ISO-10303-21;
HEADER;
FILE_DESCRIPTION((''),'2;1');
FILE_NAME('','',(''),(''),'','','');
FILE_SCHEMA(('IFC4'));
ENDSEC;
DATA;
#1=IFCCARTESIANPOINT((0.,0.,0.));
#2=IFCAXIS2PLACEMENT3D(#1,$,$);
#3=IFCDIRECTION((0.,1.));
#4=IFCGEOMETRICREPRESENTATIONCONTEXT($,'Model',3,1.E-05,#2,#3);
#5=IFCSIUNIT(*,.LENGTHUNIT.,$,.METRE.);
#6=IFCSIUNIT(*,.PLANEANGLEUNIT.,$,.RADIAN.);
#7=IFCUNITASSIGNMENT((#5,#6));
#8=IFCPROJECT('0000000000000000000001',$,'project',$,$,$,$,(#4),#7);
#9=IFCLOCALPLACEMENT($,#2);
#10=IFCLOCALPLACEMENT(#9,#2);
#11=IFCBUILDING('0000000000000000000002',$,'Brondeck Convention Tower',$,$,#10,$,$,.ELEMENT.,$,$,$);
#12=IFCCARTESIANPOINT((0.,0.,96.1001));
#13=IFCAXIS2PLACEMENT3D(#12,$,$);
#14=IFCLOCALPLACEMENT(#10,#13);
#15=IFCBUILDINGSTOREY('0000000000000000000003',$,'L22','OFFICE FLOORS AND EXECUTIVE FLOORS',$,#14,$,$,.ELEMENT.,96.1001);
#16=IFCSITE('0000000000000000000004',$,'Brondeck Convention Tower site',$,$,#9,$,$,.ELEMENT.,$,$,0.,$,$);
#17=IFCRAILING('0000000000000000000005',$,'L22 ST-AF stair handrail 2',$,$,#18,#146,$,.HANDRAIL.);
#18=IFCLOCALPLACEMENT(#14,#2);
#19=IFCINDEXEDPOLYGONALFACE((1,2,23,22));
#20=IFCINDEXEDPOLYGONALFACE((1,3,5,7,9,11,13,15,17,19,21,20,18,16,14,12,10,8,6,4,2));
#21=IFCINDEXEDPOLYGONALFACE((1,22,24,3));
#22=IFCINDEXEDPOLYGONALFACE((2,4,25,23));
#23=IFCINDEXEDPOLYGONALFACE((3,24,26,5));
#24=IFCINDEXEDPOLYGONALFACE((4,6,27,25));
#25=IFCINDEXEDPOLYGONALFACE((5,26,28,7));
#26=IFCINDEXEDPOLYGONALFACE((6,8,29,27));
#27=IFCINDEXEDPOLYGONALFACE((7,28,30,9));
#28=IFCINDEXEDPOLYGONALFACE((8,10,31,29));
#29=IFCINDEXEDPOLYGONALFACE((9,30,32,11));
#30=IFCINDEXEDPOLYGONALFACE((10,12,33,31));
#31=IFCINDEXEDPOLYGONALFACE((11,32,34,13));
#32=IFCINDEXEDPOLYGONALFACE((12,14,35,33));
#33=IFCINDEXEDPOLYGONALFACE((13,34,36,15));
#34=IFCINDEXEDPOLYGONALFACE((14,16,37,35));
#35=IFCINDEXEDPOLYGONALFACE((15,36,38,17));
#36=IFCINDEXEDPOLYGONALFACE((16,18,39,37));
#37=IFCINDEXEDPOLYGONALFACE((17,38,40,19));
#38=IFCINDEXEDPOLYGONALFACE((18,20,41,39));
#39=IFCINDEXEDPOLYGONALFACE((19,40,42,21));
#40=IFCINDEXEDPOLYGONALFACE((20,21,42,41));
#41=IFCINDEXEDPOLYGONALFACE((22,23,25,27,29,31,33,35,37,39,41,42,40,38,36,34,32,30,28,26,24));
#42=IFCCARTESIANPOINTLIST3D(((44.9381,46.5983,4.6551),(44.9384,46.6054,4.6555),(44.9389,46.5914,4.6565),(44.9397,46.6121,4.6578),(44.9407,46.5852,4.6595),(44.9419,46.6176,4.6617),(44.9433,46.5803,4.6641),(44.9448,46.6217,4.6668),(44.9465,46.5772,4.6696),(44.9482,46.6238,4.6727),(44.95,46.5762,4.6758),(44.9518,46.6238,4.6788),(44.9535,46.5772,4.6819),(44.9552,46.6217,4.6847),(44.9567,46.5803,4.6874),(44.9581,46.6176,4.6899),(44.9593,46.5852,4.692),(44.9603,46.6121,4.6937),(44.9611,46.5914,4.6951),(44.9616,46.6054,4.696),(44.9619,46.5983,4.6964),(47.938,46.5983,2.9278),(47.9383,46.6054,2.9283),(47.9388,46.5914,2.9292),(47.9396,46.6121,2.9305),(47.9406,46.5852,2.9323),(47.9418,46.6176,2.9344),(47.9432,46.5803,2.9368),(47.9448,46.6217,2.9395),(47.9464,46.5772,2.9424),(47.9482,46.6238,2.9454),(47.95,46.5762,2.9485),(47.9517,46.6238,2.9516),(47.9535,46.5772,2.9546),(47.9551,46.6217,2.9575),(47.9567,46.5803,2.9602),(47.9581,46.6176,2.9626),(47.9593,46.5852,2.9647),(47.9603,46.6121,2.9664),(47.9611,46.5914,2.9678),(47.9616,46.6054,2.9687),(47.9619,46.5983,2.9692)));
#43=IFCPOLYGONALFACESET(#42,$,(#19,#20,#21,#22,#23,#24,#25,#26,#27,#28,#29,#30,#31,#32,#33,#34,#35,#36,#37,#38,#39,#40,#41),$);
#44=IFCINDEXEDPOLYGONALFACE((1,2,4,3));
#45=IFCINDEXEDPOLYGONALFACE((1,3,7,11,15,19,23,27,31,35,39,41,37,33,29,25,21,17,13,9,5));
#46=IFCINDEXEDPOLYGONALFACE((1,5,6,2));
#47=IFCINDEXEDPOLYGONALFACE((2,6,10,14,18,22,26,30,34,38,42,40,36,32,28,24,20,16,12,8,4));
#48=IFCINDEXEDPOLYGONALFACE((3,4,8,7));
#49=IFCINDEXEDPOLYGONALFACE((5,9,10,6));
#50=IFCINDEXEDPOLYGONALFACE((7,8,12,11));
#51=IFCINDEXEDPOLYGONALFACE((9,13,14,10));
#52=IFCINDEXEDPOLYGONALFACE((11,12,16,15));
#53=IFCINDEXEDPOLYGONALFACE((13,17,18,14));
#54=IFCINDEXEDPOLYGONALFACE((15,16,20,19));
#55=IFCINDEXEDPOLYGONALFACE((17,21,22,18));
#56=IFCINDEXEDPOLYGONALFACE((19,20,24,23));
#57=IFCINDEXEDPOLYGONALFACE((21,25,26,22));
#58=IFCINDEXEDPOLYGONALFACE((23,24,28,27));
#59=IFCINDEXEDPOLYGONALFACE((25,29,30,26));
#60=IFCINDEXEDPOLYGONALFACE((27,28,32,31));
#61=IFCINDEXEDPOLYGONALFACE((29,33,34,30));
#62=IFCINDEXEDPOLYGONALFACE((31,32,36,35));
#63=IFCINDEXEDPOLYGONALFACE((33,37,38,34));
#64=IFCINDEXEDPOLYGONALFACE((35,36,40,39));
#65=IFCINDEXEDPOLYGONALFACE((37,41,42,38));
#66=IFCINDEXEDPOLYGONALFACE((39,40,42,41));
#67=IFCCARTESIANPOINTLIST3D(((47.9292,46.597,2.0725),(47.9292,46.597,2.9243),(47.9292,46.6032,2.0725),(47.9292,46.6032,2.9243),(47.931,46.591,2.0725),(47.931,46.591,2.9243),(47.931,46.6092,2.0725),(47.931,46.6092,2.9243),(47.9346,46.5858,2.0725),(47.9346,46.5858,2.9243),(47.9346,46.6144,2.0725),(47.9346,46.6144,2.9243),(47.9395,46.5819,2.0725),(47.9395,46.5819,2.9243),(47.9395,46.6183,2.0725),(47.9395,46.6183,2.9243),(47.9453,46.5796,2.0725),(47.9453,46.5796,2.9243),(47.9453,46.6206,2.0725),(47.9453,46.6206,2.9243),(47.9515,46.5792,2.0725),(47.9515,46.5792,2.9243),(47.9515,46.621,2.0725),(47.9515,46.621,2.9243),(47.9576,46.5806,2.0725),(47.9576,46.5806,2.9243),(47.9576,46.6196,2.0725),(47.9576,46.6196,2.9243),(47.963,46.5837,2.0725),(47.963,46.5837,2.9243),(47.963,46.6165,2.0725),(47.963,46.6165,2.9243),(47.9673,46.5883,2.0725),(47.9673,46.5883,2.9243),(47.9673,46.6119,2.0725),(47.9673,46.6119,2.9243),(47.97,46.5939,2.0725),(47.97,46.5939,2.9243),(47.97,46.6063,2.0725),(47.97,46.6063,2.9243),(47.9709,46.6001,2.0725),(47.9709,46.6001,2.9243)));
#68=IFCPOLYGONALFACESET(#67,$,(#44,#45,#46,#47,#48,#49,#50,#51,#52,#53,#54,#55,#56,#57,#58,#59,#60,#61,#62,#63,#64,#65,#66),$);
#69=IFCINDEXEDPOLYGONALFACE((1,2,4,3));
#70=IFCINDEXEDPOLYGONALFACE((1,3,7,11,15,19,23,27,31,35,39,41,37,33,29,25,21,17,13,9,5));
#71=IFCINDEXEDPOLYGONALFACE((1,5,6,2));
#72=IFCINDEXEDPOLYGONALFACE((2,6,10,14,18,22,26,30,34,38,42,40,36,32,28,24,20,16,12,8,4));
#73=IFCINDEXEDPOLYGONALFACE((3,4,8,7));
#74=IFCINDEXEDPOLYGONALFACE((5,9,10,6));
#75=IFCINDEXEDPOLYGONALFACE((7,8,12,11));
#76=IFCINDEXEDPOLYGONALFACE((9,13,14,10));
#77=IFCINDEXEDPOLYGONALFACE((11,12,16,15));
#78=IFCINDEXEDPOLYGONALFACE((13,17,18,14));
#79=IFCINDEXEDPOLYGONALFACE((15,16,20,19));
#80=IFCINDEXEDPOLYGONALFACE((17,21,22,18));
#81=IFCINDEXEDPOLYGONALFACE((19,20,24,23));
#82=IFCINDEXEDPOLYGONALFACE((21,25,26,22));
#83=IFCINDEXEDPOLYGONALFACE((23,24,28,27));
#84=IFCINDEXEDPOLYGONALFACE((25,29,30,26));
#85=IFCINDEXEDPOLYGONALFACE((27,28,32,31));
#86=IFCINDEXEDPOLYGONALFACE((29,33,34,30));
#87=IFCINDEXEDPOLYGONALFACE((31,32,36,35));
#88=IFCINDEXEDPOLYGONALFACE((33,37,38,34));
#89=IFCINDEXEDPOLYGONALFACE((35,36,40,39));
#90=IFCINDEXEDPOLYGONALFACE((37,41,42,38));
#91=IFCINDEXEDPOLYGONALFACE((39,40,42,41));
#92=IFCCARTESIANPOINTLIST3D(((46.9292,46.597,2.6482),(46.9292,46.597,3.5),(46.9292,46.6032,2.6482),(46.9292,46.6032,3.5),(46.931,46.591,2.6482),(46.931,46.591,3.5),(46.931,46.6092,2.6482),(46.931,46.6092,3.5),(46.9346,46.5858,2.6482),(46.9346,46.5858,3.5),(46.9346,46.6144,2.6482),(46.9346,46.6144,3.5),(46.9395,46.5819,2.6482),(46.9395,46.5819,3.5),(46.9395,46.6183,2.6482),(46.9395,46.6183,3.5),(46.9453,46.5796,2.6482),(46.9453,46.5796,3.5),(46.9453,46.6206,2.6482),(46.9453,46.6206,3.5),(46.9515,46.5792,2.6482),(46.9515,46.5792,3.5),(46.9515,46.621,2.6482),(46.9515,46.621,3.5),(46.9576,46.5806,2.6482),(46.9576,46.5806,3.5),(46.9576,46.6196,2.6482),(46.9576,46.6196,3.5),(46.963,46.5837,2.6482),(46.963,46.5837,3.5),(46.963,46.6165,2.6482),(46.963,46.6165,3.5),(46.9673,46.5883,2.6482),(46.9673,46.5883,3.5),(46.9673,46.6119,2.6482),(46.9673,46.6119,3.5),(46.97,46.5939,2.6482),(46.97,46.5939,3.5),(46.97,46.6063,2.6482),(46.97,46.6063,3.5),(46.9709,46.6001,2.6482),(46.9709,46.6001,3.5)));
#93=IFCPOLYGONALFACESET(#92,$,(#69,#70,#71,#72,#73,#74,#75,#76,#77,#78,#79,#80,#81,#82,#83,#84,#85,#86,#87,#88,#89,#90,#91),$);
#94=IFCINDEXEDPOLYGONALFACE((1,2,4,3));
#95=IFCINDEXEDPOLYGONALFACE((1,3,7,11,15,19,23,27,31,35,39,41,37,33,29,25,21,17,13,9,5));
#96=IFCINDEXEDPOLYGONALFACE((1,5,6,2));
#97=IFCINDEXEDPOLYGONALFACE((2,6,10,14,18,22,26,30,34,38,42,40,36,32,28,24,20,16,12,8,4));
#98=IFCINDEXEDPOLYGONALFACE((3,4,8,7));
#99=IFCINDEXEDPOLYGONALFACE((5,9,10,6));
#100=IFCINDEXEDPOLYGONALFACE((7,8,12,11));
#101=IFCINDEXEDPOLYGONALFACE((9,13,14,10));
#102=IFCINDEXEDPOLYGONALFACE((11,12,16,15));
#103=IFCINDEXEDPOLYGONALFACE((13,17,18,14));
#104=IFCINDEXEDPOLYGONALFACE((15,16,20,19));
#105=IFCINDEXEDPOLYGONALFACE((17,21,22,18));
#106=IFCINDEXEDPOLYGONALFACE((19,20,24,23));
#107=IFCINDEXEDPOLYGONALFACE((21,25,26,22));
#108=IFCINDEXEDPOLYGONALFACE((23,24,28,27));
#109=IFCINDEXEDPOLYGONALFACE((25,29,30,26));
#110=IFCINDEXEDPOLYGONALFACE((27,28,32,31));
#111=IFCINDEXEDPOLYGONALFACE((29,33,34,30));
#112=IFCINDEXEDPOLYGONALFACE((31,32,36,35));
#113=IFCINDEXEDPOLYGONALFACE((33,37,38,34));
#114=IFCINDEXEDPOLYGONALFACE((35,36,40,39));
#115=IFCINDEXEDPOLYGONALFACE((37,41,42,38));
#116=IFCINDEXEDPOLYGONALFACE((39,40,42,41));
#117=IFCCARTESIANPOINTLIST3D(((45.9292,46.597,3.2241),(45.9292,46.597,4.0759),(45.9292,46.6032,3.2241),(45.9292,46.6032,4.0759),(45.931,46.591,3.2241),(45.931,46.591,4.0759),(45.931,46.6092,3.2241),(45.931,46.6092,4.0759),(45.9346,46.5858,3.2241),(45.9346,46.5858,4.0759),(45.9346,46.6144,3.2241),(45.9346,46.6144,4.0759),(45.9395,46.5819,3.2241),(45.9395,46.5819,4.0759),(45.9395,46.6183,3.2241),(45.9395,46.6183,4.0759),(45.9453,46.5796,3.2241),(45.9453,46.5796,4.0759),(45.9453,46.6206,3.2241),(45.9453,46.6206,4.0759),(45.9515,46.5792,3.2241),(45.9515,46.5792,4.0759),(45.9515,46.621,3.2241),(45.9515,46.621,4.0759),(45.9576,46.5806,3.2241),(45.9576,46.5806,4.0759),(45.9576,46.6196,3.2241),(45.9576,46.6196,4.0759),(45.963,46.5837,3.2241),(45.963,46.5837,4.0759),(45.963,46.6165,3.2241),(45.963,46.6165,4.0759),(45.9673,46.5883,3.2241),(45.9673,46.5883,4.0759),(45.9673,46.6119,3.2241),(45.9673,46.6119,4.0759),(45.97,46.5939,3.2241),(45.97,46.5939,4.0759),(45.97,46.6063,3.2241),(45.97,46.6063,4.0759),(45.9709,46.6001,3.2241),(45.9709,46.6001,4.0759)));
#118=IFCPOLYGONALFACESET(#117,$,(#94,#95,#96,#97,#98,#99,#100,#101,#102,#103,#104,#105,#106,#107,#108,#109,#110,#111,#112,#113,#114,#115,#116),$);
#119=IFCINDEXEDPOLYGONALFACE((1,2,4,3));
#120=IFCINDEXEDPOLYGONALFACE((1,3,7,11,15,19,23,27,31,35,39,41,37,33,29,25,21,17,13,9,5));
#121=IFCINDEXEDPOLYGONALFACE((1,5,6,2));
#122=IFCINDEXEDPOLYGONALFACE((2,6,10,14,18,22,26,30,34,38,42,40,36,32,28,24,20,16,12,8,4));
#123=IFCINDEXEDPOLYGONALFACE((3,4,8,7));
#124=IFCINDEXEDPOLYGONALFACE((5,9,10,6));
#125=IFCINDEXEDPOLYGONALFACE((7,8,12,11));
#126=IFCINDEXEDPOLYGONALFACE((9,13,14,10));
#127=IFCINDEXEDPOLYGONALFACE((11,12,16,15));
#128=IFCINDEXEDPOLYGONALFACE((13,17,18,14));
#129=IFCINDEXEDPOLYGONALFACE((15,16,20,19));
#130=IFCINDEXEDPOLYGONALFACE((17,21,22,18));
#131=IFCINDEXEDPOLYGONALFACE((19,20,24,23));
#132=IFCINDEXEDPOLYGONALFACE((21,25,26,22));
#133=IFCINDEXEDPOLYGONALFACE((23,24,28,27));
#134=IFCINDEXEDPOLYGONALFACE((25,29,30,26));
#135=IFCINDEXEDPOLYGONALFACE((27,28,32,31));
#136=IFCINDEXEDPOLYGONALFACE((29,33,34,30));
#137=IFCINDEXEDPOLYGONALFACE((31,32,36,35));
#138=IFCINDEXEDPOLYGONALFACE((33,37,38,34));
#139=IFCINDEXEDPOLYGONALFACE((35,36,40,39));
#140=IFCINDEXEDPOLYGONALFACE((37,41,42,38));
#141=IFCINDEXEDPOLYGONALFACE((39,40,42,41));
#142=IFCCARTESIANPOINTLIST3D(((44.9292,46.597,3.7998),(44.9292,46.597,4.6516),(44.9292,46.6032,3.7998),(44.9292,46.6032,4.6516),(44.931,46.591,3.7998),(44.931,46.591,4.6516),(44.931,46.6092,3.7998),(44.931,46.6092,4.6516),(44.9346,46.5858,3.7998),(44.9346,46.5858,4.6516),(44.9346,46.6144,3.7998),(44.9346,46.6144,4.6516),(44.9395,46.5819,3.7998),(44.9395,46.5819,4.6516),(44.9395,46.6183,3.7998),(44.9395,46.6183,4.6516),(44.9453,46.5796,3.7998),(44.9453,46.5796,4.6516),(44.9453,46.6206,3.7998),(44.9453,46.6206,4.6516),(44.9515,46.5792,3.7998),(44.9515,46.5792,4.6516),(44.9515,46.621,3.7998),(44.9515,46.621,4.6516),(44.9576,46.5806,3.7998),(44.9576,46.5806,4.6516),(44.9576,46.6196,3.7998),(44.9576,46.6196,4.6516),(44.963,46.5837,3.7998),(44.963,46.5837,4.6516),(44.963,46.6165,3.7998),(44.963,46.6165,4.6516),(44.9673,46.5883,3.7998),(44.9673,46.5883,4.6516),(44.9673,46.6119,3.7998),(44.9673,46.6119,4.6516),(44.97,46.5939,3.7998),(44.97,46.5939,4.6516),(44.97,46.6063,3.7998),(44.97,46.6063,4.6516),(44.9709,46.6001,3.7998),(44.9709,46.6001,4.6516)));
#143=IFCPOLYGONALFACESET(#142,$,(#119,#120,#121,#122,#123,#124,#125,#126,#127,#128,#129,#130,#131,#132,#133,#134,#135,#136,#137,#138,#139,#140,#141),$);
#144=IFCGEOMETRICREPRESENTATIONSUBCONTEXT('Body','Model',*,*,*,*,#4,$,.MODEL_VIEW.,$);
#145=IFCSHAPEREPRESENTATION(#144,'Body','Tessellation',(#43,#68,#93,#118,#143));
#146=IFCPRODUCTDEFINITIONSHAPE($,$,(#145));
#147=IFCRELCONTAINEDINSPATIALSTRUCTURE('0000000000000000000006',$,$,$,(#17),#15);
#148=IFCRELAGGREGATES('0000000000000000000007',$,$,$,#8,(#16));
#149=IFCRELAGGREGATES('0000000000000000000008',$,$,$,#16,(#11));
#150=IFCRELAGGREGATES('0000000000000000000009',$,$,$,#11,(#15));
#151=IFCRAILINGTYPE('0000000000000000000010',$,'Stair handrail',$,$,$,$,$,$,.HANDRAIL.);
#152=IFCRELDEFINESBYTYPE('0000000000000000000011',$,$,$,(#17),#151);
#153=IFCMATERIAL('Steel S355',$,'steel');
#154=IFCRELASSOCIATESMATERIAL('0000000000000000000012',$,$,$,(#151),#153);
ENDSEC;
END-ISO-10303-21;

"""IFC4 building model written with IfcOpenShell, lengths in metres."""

from ifc_helpers import new_model, si_unit, direction, frame, origin, origin_2d, place, context, subcontext, project, spatial, circle, extrude, material, type_object, element, save


model = new_model("IFC4")

# Units and contexts
model_context = context("Model", 3, precision=1e-05, world=origin(), true_north=direction((0.0, 1.0)))
body_context = subcontext(model_context, "Body", "Model", "MODEL_VIEW")
ifc_project = project(units=[si_unit("LENGTHUNIT", "METRE"), si_unit("PLANEANGLEUNIT", "RADIAN")], contexts=[model_context])

# Site, building, storey
site_placement = place(None, origin())
site = spatial("IfcSite", under=ifc_project, at=site_placement, Name="Brondeck Convention Tower site", CompositionType="ELEMENT", RefElevation=0.0)
building_placement = place(site_placement, origin())
building = spatial("IfcBuilding", under=site, at=building_placement, Name="Brondeck Convention Tower", CompositionType="ELEMENT")
storey_placement = place(building_placement, frame((0.0, 0.0, 96.1001)))
storey = spatial("IfcBuildingStorey", under=building, at=storey_placement, Name="L22", Description="OFFICE FLOORS AND EXECUTIVE FLOORS", CompositionType="ELEMENT", Elevation=96.1001)

# Shared definitions
ifc_material_1 = material(Name="Steel S355", Category="steel")

# Railing
railing_type = type_object("IfcRailingType", Name="Stair handrail", PredefinedType="HANDRAIL", material=ifc_material_1)
railing_placement = place(storey_placement, frame((47.95, 46.6001, 2.0725)))
element("IfcRailing", 1, at=railing_placement, inside=storey, type_object=railing_type, Name="L22 ST-AF stair handrail 2", PredefinedType="HANDRAIL", context=body_context, shape_type="SweptSolid", body=[
    extrude(circle(Radius=0.0239, at=origin_2d()), frame((0.0, 0.0, 0.876), z_axis=(-0.86662, 0.0, 0.498969), x_axis=(0.0, -1.0, 0.0)), (0.0, 0.0, 1.0), 3.4617),
    extrude(circle(Radius=0.021, at=origin_2d()), origin(), (0.0, 0.0, 1.0), 0.8518),
    extrude(circle(Radius=0.021, at=origin_2d()), frame((-1.0, 0.0, 0.5757)), (0.0, 0.0, 1.0), 0.8518),
    extrude(circle(Radius=0.021, at=origin_2d()), frame((-2.0, 0.0, 1.1516)), (0.0, 0.0, 1.0), 0.8518),
    extrude(circle(Radius=0.021, at=origin_2d()), frame((-3.0, 0.0, 1.7273)), (0.0, 0.0, 1.0), 0.8518),
])

save(model, "model.ifc")
